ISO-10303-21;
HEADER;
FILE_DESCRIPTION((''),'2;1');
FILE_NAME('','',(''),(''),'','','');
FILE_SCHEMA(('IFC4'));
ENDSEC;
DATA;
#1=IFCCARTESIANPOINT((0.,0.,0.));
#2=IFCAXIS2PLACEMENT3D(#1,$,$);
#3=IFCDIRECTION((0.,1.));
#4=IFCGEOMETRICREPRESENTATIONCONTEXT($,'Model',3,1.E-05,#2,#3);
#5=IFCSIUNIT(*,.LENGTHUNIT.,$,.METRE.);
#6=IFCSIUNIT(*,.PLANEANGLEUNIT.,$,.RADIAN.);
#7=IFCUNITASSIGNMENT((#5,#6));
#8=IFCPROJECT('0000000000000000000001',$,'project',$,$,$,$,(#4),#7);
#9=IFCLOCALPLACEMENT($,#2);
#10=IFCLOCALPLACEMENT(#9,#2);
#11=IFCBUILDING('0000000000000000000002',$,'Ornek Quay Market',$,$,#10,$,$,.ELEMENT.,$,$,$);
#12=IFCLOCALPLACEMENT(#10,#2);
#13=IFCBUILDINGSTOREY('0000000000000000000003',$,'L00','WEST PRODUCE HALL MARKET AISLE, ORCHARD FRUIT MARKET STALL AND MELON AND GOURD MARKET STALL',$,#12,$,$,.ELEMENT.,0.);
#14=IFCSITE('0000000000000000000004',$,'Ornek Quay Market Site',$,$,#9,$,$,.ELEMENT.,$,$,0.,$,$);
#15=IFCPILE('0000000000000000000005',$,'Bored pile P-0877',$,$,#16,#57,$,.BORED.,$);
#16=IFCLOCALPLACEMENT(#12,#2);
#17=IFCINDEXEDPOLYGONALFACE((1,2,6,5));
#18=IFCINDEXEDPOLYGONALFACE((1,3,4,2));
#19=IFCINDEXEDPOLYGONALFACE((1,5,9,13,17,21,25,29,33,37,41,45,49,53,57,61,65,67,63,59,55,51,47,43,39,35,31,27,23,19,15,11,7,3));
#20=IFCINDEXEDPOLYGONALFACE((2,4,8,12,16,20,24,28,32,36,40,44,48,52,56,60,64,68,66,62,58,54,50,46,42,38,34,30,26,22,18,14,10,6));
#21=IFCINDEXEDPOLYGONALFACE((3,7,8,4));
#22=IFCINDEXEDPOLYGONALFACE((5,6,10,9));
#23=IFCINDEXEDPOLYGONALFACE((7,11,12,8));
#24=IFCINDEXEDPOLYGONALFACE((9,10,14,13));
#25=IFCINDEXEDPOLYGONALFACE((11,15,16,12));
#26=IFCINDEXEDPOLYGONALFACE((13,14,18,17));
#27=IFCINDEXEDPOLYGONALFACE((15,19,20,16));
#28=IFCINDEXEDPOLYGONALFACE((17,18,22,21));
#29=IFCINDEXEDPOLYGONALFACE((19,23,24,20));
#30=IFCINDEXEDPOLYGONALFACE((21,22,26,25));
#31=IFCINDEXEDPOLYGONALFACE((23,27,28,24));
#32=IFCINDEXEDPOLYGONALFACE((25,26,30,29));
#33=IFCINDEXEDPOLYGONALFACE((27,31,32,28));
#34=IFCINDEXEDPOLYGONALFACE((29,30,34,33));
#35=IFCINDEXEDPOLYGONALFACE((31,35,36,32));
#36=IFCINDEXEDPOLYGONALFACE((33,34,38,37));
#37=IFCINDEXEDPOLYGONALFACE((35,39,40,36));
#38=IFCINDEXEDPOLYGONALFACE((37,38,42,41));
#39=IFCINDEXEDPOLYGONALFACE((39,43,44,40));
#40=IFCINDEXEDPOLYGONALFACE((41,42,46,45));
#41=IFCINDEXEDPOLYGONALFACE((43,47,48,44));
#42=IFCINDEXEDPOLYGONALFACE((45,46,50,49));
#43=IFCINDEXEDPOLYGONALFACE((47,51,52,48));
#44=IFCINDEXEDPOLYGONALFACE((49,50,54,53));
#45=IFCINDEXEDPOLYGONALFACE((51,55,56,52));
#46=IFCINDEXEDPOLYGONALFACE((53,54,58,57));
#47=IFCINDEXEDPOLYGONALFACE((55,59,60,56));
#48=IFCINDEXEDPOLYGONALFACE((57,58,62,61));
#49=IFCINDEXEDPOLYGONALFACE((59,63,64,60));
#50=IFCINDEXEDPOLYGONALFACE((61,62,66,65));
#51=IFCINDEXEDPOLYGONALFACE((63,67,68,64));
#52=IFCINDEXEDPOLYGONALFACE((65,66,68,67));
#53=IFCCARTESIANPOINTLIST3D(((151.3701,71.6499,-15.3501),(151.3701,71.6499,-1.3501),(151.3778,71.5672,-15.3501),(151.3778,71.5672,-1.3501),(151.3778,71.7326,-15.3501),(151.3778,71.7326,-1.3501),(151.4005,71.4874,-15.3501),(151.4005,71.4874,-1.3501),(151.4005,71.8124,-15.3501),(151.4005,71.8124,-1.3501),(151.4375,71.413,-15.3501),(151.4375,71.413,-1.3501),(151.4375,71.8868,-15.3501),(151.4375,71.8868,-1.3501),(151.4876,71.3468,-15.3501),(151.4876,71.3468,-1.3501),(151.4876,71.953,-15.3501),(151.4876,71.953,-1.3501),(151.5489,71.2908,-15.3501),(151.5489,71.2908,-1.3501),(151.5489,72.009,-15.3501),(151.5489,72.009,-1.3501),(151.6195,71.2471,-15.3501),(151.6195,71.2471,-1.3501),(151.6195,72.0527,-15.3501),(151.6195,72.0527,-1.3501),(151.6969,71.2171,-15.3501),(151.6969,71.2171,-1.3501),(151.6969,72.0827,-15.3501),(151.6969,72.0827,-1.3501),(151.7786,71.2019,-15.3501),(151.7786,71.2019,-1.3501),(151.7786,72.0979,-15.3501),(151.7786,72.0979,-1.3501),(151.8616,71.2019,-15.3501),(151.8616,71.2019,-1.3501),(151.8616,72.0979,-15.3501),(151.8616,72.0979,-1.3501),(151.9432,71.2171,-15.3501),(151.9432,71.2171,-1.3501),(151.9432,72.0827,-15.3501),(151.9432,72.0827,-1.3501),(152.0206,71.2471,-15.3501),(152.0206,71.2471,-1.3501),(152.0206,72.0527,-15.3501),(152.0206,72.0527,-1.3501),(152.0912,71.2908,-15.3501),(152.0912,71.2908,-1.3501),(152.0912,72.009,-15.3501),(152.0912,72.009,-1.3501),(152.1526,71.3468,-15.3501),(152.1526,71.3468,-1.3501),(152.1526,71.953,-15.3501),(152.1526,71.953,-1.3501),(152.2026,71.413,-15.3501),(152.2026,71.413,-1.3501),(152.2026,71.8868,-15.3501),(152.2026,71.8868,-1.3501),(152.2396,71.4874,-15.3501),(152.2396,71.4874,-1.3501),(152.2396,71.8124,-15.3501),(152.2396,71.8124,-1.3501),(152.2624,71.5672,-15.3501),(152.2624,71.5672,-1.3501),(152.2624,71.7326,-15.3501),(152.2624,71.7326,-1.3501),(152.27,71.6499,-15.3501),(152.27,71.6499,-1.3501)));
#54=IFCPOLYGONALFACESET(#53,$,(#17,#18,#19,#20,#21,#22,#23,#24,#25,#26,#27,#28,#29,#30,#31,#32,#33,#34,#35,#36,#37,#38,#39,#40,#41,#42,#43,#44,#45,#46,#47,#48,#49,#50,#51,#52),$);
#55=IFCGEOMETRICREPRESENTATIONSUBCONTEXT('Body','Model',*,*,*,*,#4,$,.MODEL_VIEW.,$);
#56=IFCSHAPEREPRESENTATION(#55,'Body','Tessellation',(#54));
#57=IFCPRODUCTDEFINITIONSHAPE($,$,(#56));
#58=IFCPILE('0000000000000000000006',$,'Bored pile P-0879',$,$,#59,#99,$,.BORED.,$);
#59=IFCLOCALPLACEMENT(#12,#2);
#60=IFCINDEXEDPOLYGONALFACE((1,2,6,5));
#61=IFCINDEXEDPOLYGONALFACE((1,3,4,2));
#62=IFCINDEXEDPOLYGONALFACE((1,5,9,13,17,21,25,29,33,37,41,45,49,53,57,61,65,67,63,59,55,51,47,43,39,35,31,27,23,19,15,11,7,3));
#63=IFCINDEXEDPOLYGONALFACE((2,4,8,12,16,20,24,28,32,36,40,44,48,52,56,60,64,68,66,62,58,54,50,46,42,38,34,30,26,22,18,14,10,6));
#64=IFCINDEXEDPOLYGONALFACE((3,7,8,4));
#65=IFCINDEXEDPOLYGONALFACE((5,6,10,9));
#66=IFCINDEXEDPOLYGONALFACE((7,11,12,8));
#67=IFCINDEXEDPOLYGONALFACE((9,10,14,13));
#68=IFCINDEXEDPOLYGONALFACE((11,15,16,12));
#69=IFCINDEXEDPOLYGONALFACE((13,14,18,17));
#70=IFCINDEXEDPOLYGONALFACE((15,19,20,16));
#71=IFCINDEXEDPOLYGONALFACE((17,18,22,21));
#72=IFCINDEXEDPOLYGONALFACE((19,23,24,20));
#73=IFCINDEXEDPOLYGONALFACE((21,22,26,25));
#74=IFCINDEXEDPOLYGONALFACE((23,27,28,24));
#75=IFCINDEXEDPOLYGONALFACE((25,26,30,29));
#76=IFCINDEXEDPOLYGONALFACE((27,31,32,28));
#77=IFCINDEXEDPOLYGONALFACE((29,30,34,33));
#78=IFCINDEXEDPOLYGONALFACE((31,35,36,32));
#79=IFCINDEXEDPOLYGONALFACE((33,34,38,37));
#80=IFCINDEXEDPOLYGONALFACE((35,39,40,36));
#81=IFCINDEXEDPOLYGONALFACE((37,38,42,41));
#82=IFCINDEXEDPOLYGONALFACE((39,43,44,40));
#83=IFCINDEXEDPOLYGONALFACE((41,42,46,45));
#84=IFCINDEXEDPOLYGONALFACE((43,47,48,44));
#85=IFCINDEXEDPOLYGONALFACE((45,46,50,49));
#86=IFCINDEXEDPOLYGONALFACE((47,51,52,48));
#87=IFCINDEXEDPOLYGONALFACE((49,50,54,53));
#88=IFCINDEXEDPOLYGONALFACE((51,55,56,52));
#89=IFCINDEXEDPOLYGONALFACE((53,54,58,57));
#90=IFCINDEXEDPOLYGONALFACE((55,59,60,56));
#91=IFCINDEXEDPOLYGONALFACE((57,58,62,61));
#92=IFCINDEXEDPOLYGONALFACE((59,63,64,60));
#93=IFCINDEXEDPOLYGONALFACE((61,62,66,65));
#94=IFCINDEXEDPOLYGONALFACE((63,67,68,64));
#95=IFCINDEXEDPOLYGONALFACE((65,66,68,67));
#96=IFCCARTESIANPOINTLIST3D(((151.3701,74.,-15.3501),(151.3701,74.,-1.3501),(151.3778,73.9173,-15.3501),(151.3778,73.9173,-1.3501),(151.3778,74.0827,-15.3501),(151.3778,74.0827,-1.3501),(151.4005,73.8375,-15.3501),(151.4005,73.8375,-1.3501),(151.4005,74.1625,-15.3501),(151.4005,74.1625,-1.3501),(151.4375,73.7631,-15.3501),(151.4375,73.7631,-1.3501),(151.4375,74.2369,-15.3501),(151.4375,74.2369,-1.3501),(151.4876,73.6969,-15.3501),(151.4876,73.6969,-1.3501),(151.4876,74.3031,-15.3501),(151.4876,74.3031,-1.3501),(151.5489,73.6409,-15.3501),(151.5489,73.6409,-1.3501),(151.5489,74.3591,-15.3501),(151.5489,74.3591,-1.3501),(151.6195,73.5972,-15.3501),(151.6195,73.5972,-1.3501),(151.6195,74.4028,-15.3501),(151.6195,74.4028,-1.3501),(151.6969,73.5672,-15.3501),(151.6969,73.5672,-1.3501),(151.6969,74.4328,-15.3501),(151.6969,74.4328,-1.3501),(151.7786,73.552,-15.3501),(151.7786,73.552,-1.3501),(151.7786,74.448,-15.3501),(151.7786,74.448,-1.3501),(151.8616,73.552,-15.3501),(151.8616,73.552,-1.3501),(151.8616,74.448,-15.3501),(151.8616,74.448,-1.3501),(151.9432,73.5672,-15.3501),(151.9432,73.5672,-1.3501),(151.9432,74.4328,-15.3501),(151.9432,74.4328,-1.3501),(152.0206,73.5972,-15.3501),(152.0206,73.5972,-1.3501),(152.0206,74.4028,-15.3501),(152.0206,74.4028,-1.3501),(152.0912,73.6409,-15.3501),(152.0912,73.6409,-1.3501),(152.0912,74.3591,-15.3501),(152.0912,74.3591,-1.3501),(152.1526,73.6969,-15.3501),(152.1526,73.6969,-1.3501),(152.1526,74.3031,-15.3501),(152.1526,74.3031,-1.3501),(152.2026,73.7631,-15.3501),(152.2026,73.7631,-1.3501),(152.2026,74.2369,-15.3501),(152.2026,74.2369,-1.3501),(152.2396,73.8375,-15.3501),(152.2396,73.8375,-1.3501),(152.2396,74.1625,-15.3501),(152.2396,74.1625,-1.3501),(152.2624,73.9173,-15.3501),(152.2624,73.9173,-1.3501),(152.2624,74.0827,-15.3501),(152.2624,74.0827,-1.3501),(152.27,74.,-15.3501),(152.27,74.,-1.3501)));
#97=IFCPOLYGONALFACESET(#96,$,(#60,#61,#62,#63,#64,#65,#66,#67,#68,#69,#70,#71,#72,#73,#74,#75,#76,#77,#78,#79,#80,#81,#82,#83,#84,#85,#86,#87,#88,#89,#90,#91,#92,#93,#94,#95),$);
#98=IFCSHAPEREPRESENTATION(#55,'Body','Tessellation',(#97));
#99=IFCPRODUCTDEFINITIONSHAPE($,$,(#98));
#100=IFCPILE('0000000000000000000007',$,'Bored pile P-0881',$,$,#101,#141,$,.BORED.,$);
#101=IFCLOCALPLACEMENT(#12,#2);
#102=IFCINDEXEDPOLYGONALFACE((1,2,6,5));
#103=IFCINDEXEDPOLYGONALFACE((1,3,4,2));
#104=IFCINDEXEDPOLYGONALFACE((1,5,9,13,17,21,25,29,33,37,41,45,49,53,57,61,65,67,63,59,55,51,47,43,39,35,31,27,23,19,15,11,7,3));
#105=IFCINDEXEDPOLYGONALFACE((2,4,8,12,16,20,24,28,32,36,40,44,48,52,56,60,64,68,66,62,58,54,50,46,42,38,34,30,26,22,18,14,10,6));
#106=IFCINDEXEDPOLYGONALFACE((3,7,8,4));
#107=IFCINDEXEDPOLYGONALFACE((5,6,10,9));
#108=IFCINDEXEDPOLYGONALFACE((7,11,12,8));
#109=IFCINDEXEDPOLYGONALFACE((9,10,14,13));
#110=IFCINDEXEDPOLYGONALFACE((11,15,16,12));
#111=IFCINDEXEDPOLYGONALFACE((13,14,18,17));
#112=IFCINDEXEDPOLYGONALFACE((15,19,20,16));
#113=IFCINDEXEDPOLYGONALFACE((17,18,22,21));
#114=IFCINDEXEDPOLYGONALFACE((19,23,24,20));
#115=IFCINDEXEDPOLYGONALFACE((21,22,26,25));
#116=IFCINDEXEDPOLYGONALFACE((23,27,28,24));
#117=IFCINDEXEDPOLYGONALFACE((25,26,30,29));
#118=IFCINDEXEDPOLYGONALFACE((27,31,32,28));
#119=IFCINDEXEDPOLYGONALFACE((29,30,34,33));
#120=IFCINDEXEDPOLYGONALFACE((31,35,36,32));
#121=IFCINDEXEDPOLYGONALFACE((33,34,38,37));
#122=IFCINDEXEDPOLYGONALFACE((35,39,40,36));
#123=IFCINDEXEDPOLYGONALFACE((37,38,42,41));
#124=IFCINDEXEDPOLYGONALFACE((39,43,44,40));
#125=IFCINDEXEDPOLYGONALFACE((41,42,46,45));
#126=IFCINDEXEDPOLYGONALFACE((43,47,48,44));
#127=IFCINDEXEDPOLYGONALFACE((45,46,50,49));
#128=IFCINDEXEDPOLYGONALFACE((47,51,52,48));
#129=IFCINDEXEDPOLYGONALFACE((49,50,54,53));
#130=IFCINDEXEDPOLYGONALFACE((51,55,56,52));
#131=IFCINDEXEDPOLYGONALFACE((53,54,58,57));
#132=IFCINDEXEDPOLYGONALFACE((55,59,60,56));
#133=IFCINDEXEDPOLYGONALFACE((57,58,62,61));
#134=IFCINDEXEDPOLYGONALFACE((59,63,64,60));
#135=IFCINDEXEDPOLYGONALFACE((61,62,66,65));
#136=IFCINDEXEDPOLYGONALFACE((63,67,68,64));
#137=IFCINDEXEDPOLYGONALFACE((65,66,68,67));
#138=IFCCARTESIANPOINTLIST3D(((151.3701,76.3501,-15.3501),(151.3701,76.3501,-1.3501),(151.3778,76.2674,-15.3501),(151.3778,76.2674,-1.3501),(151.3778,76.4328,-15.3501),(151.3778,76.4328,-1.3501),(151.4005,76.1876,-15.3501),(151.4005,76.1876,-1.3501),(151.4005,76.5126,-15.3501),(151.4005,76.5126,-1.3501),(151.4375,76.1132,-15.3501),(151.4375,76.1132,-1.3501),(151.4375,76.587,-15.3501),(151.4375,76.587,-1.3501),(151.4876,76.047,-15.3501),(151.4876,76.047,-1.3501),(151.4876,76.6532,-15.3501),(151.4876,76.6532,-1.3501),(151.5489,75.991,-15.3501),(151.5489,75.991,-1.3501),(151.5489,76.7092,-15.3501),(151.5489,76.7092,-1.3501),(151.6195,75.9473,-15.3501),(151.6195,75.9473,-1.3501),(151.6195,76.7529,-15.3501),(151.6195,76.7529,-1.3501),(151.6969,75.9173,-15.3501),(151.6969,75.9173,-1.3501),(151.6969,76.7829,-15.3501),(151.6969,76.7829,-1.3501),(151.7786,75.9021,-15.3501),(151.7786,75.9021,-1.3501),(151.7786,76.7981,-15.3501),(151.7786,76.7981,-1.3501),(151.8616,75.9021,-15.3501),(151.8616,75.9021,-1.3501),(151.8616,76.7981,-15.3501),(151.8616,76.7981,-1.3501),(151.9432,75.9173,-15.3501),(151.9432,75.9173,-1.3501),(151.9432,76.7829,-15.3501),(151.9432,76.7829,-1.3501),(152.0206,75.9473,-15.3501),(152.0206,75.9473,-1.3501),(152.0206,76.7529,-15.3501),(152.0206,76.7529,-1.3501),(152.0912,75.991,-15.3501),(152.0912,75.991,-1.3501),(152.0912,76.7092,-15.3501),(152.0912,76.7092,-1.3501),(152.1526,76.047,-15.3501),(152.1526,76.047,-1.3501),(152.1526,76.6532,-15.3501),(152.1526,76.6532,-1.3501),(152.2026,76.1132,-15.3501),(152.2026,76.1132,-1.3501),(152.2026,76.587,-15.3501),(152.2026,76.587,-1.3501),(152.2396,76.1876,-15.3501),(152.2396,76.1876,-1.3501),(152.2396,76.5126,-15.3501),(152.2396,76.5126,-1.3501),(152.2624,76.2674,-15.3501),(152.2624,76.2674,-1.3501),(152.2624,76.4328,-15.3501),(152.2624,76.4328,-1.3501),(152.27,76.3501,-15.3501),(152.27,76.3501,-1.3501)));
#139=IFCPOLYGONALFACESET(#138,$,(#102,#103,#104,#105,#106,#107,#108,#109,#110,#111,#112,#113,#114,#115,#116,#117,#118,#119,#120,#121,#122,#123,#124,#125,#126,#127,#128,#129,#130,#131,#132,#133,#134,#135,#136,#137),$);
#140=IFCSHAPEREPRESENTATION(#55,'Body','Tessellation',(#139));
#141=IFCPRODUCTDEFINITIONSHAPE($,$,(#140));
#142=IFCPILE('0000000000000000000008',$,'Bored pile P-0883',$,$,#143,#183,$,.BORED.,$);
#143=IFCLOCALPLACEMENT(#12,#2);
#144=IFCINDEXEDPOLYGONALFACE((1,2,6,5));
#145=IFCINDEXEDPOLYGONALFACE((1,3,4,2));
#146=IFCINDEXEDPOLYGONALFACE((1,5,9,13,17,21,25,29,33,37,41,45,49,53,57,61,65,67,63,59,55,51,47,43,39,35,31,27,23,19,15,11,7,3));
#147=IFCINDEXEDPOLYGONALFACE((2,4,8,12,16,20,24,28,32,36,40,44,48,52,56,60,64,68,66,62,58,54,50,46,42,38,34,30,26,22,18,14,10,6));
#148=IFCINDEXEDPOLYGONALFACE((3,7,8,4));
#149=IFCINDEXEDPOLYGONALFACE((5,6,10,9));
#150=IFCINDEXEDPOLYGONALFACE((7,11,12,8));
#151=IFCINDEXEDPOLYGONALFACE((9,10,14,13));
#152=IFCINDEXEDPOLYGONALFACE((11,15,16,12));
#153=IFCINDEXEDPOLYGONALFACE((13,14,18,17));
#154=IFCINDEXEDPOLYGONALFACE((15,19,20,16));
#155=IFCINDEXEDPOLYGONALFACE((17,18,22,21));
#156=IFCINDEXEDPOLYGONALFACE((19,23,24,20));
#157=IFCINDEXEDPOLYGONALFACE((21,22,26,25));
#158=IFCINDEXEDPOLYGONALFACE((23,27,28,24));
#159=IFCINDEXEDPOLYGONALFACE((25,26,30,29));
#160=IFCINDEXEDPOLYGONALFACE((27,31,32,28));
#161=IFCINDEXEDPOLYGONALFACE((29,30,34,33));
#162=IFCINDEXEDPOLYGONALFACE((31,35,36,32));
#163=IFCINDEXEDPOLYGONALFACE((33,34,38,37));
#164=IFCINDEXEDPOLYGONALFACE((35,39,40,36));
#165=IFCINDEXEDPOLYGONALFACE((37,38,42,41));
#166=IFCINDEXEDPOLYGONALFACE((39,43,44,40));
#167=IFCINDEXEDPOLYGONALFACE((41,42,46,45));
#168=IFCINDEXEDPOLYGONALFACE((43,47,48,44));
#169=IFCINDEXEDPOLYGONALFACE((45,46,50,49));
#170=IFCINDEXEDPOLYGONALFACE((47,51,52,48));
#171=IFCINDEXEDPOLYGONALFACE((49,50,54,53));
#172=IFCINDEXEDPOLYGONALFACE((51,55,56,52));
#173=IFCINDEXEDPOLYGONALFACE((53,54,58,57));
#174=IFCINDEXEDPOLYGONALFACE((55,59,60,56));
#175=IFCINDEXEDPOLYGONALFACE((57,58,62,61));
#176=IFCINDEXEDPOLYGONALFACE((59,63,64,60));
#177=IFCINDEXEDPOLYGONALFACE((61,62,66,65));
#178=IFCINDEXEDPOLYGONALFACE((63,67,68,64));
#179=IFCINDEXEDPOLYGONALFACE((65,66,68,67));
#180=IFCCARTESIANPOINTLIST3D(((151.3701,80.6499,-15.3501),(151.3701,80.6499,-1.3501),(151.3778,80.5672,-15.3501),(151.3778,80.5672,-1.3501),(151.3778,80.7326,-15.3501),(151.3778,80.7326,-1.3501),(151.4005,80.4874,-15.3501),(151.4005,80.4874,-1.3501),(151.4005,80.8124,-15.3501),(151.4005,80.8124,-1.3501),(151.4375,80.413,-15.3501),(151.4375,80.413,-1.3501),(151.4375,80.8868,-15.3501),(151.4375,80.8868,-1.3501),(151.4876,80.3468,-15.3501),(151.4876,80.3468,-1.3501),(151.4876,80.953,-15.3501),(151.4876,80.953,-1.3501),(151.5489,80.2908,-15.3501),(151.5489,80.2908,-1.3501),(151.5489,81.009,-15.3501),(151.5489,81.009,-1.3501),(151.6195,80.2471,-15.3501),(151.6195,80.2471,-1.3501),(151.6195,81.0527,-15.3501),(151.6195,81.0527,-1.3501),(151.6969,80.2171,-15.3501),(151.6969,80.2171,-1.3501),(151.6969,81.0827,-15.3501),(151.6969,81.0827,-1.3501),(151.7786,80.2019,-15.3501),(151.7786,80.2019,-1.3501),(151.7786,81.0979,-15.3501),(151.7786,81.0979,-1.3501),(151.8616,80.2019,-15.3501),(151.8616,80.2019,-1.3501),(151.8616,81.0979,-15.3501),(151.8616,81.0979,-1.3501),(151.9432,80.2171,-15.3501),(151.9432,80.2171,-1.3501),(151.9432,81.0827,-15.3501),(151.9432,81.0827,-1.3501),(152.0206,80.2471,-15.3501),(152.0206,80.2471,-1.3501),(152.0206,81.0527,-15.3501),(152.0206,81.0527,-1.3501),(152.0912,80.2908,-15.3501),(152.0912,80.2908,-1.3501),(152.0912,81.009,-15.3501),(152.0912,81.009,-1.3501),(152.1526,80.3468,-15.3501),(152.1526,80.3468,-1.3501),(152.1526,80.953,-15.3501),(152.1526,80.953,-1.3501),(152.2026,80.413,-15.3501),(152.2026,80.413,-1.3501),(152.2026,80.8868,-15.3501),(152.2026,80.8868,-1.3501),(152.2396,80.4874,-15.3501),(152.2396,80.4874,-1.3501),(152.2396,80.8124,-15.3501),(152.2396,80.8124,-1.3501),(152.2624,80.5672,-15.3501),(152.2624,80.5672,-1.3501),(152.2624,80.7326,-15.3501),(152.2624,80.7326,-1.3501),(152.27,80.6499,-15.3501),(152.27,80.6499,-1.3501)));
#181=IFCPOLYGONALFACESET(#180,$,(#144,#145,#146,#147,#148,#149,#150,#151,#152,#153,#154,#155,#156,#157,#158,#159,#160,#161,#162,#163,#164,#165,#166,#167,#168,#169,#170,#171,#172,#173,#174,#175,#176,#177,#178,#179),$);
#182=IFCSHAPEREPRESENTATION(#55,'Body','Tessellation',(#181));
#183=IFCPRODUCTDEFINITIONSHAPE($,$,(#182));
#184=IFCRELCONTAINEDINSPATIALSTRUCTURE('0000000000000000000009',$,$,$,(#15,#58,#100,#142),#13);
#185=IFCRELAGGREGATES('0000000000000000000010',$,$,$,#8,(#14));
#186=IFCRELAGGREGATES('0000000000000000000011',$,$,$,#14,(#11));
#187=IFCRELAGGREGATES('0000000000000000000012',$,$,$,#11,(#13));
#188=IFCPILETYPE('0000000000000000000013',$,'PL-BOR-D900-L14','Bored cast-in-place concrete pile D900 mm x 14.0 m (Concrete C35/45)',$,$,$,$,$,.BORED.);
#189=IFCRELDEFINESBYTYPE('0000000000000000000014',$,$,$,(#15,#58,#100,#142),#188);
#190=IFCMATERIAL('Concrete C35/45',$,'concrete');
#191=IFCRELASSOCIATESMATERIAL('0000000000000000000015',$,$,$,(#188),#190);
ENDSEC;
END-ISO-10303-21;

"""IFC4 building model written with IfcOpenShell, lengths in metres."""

from ifc_helpers import new_model, si_unit, direction, frame, origin, origin_2d, place, context, subcontext, project, spatial, circle, extrude, material, material_profile, profile_set, type_object, element, save


model = new_model("IFC4")

# Units and contexts
model_context = context("Model", 3, precision=1e-05, world=origin(), true_north=direction((0.0, 1.0)))
body_context = subcontext(model_context, "Body", "Model", "MODEL_VIEW")
ifc_project = project(units=[si_unit("LENGTHUNIT", "METRE"), si_unit("PLANEANGLEUNIT", "RADIAN")], contexts=[model_context])

# Site, building, storey
site_placement = place(None, origin())
site = spatial("IfcSite", under=ifc_project, at=site_placement, Name="Ornek Quay Market Site", CompositionType="ELEMENT", RefElevation=0.0)
building_placement = place(site_placement, origin())
building = spatial("IfcBuilding", under=site, at=building_placement, Name="Ornek Quay Market", CompositionType="ELEMENT")
storey_placement = place(building_placement, origin())
storey = spatial("IfcBuildingStorey", under=building, at=storey_placement, Name="L00", Description="WEST PRODUCE HALL MARKET AISLE, ORCHARD FRUIT MARKET STALL AND MELON AND GOURD MARKET STALL", CompositionType="ELEMENT", Elevation=0.0)

# Piles
ifc_material_1 = material(Name="Concrete C35/45", Category="concrete")
ifc_material_profile_1 = material_profile(ifc_material_1, circle(Radius=0.45, at=origin_2d()), Name="PILE D900", Category="concrete")
ifc_profile_set_1 = profile_set([ifc_material_profile_1], Name="Concrete C35/45")
pile_type_1 = type_object("IfcPileType", Name="PL-BOR-D900-L14", Description="Bored cast-in-place concrete pile D900 mm x 14.0 m (Concrete C35/45)", PredefinedType="BORED", material=ifc_profile_set_1)
for number, where, z_axis, x_axis, name in (
    (1, (151.8201, 71.6499, -1.3501), (0.0, 0.0, -1.0), (1.0, 0.0, 0.0), "Bored pile P-0877"),
    (2, (151.8201, 74.0, -1.3501), (0.0, 0.0, -1.0), (1.0, 0.0, 0.0), "Bored pile P-0879"),
    (3, (151.8201, 76.3501, -1.3501), (0.0, 0.0, -1.0), (1.0, 0.0, 0.0), "Bored pile P-0881"),
    (4, (151.8201, 80.6499, -1.3501), (0.0, 0.0, -1.0), (1.0, 0.0, 0.0), "Bored pile P-0883"),
):
    element("IfcPile", number, at=place(storey_placement, frame(where, z_axis=z_axis, x_axis=x_axis)), inside=storey, type_object=pile_type_1, Name=name, PredefinedType="BORED", context=body_context, shape_type="SweptSolid", body=[
        extrude(circle(Radius=0.45, at=origin_2d()), origin(), (0.0, 0.0, 1.0), 14.0),
    ])

save(model, "model.ifc")
